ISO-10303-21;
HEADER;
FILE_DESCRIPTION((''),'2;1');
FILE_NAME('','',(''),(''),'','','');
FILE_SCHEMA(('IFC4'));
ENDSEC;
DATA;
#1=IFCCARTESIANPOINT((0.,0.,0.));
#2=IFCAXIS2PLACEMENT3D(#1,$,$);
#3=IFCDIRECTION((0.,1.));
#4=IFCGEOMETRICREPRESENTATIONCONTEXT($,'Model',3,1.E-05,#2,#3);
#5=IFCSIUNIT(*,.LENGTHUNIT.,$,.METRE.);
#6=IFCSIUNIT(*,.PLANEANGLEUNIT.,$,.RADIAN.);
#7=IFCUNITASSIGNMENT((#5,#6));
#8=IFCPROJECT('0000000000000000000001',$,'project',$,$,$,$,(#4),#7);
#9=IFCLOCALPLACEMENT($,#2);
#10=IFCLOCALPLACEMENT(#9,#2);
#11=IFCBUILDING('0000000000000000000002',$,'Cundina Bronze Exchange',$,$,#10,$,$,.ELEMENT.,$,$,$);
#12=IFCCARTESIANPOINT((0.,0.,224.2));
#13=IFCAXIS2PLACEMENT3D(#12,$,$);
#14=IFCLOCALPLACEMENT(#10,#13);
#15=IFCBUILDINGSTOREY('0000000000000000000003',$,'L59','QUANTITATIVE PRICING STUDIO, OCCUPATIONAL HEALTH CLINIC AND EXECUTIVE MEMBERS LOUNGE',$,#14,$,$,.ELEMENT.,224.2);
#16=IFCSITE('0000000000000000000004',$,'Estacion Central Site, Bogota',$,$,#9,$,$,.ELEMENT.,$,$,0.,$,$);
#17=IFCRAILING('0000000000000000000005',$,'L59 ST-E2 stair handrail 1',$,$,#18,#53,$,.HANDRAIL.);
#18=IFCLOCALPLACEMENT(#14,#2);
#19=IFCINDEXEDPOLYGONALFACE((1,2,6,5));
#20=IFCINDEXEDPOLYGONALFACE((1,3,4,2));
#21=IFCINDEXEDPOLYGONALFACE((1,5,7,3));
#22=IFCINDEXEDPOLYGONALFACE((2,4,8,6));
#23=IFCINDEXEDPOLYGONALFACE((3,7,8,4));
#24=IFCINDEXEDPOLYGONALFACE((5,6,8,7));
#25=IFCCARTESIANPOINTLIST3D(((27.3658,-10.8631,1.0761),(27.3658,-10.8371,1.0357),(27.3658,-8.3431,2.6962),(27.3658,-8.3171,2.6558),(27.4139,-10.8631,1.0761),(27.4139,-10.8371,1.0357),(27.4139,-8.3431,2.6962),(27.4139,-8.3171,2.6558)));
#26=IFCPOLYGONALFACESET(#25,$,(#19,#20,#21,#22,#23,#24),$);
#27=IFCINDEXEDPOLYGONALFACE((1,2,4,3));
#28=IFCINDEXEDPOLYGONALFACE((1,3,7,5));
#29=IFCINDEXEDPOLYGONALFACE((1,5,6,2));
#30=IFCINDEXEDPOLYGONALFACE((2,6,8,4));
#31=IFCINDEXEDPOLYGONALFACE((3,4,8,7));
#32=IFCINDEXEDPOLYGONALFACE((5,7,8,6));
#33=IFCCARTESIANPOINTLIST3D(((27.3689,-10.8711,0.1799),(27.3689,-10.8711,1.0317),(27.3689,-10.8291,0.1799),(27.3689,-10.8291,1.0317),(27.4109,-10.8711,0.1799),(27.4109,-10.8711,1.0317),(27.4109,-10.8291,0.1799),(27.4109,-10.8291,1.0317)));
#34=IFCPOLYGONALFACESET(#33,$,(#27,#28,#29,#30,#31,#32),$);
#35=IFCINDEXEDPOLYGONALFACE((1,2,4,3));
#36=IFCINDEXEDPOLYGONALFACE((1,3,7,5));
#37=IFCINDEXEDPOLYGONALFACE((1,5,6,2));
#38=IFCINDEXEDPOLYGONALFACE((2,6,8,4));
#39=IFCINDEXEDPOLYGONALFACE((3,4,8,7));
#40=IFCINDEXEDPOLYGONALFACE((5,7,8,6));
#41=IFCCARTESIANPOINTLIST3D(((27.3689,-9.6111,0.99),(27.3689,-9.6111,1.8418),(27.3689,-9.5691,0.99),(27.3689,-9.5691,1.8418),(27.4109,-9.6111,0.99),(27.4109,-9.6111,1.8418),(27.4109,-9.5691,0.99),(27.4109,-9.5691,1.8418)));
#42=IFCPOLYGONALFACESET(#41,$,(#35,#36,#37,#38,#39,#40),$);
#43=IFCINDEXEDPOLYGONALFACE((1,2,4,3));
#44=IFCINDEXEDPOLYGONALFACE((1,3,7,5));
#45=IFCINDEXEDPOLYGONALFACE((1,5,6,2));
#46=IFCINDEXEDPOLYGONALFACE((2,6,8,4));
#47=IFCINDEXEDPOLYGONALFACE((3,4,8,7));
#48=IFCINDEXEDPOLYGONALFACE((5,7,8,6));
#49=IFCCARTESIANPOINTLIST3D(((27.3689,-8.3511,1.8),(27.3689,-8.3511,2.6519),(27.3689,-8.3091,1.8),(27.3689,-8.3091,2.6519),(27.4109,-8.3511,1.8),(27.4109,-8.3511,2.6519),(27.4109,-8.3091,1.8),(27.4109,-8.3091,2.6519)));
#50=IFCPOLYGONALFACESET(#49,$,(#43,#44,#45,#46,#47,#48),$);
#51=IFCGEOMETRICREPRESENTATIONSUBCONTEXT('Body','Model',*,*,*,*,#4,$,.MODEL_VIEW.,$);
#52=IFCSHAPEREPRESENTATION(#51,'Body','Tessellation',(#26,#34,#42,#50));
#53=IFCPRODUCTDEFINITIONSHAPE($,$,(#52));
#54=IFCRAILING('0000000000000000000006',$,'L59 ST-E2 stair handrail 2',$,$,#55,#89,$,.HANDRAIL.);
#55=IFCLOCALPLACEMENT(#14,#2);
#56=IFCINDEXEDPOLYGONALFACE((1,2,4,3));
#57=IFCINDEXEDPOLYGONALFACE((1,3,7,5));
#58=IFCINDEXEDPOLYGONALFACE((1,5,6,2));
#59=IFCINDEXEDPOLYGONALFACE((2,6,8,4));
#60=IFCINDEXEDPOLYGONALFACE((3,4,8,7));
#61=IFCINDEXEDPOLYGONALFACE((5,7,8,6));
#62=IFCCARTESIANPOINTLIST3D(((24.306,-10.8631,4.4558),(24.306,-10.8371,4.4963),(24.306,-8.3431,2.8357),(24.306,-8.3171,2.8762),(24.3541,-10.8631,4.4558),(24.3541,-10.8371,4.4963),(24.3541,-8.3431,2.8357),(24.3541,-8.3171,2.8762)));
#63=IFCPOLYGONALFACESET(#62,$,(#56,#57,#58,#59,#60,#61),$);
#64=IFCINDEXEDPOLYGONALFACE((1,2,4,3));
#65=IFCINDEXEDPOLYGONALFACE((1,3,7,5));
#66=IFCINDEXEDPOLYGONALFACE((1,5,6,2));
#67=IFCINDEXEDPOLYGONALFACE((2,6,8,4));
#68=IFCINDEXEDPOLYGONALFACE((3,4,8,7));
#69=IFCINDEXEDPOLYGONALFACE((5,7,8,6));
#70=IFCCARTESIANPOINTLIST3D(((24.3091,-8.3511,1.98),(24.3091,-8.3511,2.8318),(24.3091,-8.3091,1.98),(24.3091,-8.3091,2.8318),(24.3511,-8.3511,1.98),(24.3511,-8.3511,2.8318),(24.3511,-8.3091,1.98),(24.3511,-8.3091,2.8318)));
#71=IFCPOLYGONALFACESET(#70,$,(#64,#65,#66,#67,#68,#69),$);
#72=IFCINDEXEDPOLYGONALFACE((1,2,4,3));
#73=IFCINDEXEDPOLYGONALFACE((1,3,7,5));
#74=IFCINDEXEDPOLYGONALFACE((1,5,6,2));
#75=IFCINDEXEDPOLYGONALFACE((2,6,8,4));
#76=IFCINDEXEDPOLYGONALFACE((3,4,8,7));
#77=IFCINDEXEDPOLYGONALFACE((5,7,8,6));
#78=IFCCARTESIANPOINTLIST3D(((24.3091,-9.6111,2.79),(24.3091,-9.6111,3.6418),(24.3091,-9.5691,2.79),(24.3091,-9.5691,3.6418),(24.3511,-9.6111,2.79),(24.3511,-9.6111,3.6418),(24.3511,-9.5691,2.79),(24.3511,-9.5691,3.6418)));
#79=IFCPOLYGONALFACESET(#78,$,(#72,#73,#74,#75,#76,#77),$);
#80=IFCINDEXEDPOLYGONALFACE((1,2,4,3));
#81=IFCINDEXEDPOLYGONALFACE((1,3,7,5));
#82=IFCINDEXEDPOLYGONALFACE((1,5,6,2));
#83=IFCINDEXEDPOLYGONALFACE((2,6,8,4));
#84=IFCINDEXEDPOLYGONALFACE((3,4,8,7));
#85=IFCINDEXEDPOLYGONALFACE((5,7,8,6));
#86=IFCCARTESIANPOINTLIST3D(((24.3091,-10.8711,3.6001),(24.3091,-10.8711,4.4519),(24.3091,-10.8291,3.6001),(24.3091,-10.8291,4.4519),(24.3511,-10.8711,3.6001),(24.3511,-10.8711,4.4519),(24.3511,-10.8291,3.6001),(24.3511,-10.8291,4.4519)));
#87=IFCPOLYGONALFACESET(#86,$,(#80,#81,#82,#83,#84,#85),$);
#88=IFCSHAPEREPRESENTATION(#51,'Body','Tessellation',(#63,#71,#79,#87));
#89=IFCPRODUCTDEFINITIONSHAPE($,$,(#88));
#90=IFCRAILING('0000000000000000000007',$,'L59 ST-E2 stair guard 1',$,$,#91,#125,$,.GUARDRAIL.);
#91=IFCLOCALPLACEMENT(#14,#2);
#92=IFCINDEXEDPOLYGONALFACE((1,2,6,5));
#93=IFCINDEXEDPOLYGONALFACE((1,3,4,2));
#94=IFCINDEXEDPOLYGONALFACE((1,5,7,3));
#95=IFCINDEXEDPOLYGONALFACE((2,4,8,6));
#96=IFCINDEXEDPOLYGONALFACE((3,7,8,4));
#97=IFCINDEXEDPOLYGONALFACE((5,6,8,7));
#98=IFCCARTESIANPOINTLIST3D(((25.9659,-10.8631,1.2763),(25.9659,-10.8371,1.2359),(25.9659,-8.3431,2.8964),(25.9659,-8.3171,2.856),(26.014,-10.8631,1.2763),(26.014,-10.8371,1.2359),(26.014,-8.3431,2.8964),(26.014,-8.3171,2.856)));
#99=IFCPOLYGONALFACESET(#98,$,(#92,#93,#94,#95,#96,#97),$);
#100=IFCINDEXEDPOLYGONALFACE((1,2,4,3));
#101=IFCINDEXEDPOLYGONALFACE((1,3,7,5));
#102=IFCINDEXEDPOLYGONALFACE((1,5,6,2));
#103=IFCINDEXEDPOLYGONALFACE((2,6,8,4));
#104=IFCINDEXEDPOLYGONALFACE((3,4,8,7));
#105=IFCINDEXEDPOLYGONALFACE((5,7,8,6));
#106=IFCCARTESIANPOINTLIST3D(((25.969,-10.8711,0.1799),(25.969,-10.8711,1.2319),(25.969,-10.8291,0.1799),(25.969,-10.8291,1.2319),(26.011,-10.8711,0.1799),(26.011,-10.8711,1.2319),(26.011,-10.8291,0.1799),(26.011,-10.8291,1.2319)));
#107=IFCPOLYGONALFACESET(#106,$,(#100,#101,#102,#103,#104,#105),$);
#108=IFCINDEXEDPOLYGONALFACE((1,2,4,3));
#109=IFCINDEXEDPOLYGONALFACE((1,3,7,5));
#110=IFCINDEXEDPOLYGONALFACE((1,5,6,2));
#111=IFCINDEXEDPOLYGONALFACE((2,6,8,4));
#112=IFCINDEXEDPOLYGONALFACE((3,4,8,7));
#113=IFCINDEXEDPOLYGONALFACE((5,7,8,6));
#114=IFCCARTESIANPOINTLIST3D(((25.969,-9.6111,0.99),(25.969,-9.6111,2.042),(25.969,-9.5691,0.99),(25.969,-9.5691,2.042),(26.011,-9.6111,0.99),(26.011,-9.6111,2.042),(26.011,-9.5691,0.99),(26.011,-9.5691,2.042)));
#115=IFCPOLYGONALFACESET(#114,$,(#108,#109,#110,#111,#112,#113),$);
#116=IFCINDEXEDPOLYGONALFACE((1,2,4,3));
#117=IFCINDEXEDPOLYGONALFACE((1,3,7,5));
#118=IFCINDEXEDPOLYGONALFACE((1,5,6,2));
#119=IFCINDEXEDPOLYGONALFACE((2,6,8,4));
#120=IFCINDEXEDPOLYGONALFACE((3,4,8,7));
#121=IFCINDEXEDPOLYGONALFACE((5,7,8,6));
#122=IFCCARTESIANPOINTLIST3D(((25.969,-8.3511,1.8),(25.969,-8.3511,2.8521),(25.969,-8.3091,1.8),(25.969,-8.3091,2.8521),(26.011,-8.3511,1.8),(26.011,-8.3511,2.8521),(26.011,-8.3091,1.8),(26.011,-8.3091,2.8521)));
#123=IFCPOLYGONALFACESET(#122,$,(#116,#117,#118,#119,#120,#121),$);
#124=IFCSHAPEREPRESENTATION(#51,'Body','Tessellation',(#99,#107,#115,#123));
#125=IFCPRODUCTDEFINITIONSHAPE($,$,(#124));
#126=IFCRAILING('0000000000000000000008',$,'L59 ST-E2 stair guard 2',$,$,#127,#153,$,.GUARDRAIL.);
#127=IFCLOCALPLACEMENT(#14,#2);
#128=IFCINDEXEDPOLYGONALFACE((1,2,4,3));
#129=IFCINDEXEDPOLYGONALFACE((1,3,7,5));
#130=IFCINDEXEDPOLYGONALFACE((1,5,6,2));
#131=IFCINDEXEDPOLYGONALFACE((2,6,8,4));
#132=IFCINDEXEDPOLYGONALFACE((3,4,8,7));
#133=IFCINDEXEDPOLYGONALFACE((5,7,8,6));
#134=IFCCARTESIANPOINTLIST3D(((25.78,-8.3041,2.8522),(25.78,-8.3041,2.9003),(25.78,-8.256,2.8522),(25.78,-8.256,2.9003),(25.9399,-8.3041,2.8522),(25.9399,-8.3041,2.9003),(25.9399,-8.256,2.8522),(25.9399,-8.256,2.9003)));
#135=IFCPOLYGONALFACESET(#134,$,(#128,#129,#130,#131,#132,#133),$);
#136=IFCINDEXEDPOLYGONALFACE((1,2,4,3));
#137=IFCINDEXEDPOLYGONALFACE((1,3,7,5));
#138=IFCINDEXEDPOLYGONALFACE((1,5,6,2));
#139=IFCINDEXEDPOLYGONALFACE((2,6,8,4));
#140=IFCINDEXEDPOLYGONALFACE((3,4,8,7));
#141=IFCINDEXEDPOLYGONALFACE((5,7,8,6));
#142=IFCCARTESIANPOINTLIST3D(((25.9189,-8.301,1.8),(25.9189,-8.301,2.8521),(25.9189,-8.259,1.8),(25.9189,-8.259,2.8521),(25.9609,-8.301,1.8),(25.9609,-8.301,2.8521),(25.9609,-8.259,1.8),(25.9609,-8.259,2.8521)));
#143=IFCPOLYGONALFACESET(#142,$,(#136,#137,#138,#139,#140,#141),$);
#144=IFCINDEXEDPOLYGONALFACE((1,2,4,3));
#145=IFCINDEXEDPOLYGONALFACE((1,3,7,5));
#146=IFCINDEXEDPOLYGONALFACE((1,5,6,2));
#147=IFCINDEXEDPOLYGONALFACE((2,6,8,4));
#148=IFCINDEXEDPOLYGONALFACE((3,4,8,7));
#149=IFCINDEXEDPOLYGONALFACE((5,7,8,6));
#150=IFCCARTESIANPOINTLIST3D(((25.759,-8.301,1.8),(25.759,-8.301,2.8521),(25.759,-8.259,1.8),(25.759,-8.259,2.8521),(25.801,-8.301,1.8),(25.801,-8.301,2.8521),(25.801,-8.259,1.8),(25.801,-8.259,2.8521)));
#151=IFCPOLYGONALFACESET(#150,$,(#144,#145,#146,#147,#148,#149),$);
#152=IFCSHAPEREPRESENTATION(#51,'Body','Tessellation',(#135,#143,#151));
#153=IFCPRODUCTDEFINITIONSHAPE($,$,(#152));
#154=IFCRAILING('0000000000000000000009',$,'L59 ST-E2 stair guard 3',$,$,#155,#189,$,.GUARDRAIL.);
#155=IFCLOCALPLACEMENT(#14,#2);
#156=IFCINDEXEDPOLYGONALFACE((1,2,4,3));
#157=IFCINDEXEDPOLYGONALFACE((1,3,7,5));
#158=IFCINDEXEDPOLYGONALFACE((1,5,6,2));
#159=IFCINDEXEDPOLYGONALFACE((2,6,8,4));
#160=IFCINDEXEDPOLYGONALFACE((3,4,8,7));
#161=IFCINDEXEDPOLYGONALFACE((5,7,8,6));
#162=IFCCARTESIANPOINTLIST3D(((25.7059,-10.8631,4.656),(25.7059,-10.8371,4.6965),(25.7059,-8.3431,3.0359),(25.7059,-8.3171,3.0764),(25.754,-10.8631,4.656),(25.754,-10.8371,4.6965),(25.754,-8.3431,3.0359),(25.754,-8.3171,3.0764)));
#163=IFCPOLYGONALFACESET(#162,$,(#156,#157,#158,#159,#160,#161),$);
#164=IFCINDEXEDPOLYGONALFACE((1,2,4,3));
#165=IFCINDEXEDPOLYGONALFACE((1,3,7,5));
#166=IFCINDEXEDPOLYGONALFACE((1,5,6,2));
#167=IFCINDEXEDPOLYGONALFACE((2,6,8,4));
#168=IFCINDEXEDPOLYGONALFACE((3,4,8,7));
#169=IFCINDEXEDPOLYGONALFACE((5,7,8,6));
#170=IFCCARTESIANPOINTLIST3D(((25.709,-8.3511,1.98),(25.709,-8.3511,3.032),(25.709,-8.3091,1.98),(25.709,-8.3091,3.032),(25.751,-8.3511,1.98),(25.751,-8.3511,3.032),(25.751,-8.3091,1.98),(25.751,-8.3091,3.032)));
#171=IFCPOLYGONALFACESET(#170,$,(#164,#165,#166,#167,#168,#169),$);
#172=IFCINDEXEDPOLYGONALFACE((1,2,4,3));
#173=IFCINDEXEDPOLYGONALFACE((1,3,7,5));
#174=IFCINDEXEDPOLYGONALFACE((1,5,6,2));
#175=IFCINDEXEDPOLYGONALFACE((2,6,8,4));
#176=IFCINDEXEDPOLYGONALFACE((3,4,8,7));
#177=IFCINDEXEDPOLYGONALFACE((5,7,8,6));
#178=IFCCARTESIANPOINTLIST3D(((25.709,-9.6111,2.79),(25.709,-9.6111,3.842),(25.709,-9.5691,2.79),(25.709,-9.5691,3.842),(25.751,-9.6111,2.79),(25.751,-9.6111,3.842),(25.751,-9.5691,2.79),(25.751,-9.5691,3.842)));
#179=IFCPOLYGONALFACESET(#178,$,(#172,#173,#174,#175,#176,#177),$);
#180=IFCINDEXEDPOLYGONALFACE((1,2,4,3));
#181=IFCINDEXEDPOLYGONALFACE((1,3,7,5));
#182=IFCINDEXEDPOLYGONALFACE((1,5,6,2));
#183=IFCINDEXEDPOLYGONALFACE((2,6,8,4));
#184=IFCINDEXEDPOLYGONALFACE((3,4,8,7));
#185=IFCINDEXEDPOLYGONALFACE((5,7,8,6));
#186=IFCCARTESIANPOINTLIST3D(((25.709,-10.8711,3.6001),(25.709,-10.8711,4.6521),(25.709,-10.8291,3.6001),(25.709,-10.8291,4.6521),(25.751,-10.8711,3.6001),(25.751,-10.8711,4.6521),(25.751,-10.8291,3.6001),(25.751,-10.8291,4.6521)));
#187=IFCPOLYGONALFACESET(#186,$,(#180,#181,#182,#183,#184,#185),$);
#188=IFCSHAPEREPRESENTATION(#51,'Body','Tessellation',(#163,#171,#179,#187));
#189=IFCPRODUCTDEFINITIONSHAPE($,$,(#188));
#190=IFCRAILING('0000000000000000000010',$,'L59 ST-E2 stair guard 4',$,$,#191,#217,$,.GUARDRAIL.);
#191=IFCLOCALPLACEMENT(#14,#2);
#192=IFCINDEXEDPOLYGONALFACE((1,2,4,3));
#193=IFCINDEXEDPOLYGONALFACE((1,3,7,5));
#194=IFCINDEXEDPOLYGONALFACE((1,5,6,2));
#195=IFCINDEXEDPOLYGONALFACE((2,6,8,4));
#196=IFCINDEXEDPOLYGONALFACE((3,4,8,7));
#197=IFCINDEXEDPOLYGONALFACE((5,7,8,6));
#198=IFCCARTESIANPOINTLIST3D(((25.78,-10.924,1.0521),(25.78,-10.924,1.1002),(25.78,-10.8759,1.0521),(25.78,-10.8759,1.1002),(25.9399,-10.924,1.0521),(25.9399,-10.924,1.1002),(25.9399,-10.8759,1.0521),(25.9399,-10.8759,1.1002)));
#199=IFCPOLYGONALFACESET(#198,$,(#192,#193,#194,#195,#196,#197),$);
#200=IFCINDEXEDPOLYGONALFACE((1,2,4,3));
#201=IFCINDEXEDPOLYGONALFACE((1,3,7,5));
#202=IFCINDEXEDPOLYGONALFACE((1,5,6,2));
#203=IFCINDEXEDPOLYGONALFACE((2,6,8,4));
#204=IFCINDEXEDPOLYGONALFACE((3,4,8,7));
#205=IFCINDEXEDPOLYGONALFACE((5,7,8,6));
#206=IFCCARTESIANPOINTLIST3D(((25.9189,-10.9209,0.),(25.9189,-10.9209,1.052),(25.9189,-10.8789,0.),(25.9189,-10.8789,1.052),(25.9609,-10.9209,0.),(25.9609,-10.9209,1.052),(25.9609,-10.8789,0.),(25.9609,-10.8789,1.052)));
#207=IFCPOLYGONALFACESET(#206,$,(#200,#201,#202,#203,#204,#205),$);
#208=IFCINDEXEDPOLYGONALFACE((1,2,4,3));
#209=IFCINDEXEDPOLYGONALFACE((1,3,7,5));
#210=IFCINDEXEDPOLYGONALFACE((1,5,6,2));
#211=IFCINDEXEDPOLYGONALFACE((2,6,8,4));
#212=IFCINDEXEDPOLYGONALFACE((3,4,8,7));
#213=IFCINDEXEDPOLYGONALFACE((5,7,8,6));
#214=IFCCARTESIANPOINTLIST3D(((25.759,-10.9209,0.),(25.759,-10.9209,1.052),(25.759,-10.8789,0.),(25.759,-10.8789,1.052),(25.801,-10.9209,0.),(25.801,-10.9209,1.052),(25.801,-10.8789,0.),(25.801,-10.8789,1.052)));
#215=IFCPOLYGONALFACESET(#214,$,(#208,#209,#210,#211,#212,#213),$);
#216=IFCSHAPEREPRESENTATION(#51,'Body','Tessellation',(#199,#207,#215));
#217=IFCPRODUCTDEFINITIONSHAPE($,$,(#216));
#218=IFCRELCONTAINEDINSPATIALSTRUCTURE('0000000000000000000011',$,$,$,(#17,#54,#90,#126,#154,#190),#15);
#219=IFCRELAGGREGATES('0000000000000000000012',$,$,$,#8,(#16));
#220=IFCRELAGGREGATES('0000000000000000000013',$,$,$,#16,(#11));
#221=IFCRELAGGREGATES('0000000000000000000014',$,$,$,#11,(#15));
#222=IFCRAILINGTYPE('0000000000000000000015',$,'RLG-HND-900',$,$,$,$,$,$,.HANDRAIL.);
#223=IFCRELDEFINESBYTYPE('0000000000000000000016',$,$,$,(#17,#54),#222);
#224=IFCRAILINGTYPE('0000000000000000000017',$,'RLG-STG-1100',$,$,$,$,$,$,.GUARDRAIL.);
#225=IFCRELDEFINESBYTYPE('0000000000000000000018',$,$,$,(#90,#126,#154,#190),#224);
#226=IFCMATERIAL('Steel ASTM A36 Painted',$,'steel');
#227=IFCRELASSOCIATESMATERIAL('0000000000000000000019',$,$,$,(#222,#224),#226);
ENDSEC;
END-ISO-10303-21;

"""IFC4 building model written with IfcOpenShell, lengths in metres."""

from ifc_helpers import new_model, si_unit, direction, frame, origin, origin_2d, place, context, subcontext, project, spatial, rectangle, extrude, material, type_object, element, save


model = new_model("IFC4")

# Units and contexts
model_context = context("Model", 3, precision=1e-05, world=origin(), true_north=direction((0.0, 1.0)))
body_context = subcontext(model_context, "Body", "Model", "MODEL_VIEW")
ifc_project = project(units=[si_unit("LENGTHUNIT", "METRE"), si_unit("PLANEANGLEUNIT", "RADIAN")], contexts=[model_context])

# Site, building, storey
site_placement = place(None, origin())
site = spatial("IfcSite", under=ifc_project, at=site_placement, Name="Estacion Central Site, Bogota", CompositionType="ELEMENT", RefElevation=0.0)
building_placement = place(site_placement, origin())
building = spatial("IfcBuilding", under=site, at=building_placement, Name="Cundina Bronze Exchange", CompositionType="ELEMENT")
storey_placement = place(building_placement, frame((0.0, 0.0, 224.2)))
storey = spatial("IfcBuildingStorey", under=building, at=storey_placement, Name="L59", Description="QUANTITATIVE PRICING STUDIO, OCCUPATIONAL HEALTH CLINIC AND EXECUTIVE MEMBERS LOUNGE", CompositionType="ELEMENT", Elevation=224.2)

# Shared definitions
ifc_material_1 = material(Name="Steel ASTM A36 Painted", Category="steel")

# Railings
railing_type_1 = type_object("IfcRailingType", Name="RLG-HND-900", PredefinedType="HANDRAIL", material=ifc_material_1)
railing_1_placement = place(storey_placement, frame((27.3899, -10.8501, 0.1799)))
element("IfcRailing", 1, at=railing_1_placement, inside=storey, type_object=railing_type_1, Name="L59 ST-E2 stair handrail 1", PredefinedType="HANDRAIL", context=body_context, shape_type="SweptSolid", body=[
    extrude(rectangle(XDim=0.0481, YDim=0.0481, at=origin_2d()), frame((0.0, 0.0, 0.876), z_axis=(0.0, 0.841163, 0.540782), x_axis=(-1.0, 0.0, 0.0)), (0.0, 0.0, 1.0), 2.9958),
    extrude(rectangle(XDim=0.042, YDim=0.042, at=origin_2d()), origin(), (0.0, 0.0, 1.0), 0.8518),
    extrude(rectangle(XDim=0.042, YDim=0.042, at=origin_2d()), frame((0.0, 1.26, 0.8101)), (0.0, 0.0, 1.0), 0.8518),
    extrude(rectangle(XDim=0.042, YDim=0.042, at=origin_2d()), frame((0.0, 2.52, 1.6201)), (0.0, 0.0, 1.0), 0.8518),
])
railing_2_placement = place(storey_placement, frame((24.3301, -8.3301, 1.98)))
element("IfcRailing", 2, at=railing_2_placement, inside=storey, type_object=railing_type_1, Name="L59 ST-E2 stair handrail 2", PredefinedType="HANDRAIL", context=body_context, shape_type="SweptSolid", body=[
    extrude(rectangle(XDim=0.0481, YDim=0.0481, at=origin_2d()), frame((0.0, 0.0, 0.876), z_axis=(0.0, -0.841163, 0.540782), x_axis=(1.0, 0.0, 0.0)), (0.0, 0.0, 1.0), 2.9958),
    extrude(rectangle(XDim=0.042, YDim=0.042, at=origin_2d()), origin(), (0.0, 0.0, 1.0), 0.8518),
    extrude(rectangle(XDim=0.042, YDim=0.042, at=origin_2d()), frame((0.0, -1.26, 0.8101)), (0.0, 0.0, 1.0), 0.8518),
    extrude(rectangle(XDim=0.042, YDim=0.042, at=origin_2d()), frame((0.0, -2.52, 1.6201)), (0.0, 0.0, 1.0), 0.8518),
])
railing_type_2 = type_object("IfcRailingType", Name="RLG-STG-1100", PredefinedType="GUARDRAIL", material=ifc_material_1)
railing_3_placement = place(storey_placement, frame((25.99, -10.8501, 0.1799)))
element("IfcRailing", 3, at=railing_3_placement, inside=storey, type_object=railing_type_2, Name="L59 ST-E2 stair guard 1", PredefinedType="GUARDRAIL", context=body_context, shape_type="SweptSolid", body=[
    extrude(rectangle(XDim=0.0481, YDim=0.0481, at=origin_2d()), frame((0.0, 0.0, 1.0762), z_axis=(0.0, 0.841163, 0.540782), x_axis=(-1.0, 0.0, 0.0)), (0.0, 0.0, 1.0), 2.9958),
    extrude(rectangle(XDim=0.042, YDim=0.042, at=origin_2d()), origin(), (0.0, 0.0, 1.0), 1.052),
    extrude(rectangle(XDim=0.042, YDim=0.042, at=origin_2d()), frame((0.0, 1.26, 0.8101)), (0.0, 0.0, 1.0), 1.052),
    extrude(rectangle(XDim=0.042, YDim=0.042, at=origin_2d()), frame((0.0, 2.52, 1.6201)), (0.0, 0.0, 1.0), 1.052),
])
railing_4_placement = place(storey_placement, frame((25.9399, -8.28, 1.8)))
element("IfcRailing", 4, at=railing_4_placement, inside=storey, type_object=railing_type_2, Name="L59 ST-E2 stair guard 2", PredefinedType="GUARDRAIL", context=body_context, shape_type="SweptSolid", body=[
    extrude(rectangle(XDim=0.0481, YDim=0.0481, at=origin_2d()), frame((0.0, 0.0, 1.0762), z_axis=(-1.0, 0.0, 0.0), x_axis=(0.0, -1.0, 0.0)), (0.0, 0.0, 1.0), 0.1599),
    extrude(rectangle(XDim=0.042, YDim=0.042, at=origin_2d()), origin(), (0.0, 0.0, 1.0), 1.052),
    extrude(rectangle(XDim=0.042, YDim=0.042, at=origin_2d()), frame((-0.1599, 0.0, 0.0)), (0.0, 0.0, 1.0), 1.052),
])
railing_5_placement = place(storey_placement, frame((25.73, -8.3301, 1.98)))
element("IfcRailing", 5, at=railing_5_placement, inside=storey, type_object=railing_type_2, Name="L59 ST-E2 stair guard 3", PredefinedType="GUARDRAIL", context=body_context, shape_type="SweptSolid", body=[
    extrude(rectangle(XDim=0.0481, YDim=0.0481, at=origin_2d()), frame((0.0, 0.0, 1.0762), z_axis=(0.0, -0.841163, 0.540782), x_axis=(1.0, 0.0, 0.0)), (0.0, 0.0, 1.0), 2.9958),
    extrude(rectangle(XDim=0.042, YDim=0.042, at=origin_2d()), origin(), (0.0, 0.0, 1.0), 1.052),
    extrude(rectangle(XDim=0.042, YDim=0.042, at=origin_2d()), frame((0.0, -1.26, 0.8101)), (0.0, 0.0, 1.0), 1.052),
    extrude(rectangle(XDim=0.042, YDim=0.042, at=origin_2d()), frame((0.0, -2.52, 1.6201)), (0.0, 0.0, 1.0), 1.052),
])
railing_6_placement = place(storey_placement, frame((25.9399, -10.8999, 0.0)))
element("IfcRailing", 6, at=railing_6_placement, inside=storey, type_object=railing_type_2, Name="L59 ST-E2 stair guard 4", PredefinedType="GUARDRAIL", context=body_context, shape_type="SweptSolid", body=[
    extrude(rectangle(XDim=0.0481, YDim=0.0481, at=origin_2d()), frame((0.0, 0.0, 1.0762), z_axis=(-1.0, 0.0, 0.0), x_axis=(0.0, -1.0, 0.0)), (0.0, 0.0, 1.0), 0.1599),
    extrude(rectangle(XDim=0.042, YDim=0.042, at=origin_2d()), origin(), (0.0, 0.0, 1.0), 1.052),
    extrude(rectangle(XDim=0.042, YDim=0.042, at=origin_2d()), frame((-0.1599, 0.0, 0.0)), (0.0, 0.0, 1.0), 1.052),
])

save(model, "model.ifc")
